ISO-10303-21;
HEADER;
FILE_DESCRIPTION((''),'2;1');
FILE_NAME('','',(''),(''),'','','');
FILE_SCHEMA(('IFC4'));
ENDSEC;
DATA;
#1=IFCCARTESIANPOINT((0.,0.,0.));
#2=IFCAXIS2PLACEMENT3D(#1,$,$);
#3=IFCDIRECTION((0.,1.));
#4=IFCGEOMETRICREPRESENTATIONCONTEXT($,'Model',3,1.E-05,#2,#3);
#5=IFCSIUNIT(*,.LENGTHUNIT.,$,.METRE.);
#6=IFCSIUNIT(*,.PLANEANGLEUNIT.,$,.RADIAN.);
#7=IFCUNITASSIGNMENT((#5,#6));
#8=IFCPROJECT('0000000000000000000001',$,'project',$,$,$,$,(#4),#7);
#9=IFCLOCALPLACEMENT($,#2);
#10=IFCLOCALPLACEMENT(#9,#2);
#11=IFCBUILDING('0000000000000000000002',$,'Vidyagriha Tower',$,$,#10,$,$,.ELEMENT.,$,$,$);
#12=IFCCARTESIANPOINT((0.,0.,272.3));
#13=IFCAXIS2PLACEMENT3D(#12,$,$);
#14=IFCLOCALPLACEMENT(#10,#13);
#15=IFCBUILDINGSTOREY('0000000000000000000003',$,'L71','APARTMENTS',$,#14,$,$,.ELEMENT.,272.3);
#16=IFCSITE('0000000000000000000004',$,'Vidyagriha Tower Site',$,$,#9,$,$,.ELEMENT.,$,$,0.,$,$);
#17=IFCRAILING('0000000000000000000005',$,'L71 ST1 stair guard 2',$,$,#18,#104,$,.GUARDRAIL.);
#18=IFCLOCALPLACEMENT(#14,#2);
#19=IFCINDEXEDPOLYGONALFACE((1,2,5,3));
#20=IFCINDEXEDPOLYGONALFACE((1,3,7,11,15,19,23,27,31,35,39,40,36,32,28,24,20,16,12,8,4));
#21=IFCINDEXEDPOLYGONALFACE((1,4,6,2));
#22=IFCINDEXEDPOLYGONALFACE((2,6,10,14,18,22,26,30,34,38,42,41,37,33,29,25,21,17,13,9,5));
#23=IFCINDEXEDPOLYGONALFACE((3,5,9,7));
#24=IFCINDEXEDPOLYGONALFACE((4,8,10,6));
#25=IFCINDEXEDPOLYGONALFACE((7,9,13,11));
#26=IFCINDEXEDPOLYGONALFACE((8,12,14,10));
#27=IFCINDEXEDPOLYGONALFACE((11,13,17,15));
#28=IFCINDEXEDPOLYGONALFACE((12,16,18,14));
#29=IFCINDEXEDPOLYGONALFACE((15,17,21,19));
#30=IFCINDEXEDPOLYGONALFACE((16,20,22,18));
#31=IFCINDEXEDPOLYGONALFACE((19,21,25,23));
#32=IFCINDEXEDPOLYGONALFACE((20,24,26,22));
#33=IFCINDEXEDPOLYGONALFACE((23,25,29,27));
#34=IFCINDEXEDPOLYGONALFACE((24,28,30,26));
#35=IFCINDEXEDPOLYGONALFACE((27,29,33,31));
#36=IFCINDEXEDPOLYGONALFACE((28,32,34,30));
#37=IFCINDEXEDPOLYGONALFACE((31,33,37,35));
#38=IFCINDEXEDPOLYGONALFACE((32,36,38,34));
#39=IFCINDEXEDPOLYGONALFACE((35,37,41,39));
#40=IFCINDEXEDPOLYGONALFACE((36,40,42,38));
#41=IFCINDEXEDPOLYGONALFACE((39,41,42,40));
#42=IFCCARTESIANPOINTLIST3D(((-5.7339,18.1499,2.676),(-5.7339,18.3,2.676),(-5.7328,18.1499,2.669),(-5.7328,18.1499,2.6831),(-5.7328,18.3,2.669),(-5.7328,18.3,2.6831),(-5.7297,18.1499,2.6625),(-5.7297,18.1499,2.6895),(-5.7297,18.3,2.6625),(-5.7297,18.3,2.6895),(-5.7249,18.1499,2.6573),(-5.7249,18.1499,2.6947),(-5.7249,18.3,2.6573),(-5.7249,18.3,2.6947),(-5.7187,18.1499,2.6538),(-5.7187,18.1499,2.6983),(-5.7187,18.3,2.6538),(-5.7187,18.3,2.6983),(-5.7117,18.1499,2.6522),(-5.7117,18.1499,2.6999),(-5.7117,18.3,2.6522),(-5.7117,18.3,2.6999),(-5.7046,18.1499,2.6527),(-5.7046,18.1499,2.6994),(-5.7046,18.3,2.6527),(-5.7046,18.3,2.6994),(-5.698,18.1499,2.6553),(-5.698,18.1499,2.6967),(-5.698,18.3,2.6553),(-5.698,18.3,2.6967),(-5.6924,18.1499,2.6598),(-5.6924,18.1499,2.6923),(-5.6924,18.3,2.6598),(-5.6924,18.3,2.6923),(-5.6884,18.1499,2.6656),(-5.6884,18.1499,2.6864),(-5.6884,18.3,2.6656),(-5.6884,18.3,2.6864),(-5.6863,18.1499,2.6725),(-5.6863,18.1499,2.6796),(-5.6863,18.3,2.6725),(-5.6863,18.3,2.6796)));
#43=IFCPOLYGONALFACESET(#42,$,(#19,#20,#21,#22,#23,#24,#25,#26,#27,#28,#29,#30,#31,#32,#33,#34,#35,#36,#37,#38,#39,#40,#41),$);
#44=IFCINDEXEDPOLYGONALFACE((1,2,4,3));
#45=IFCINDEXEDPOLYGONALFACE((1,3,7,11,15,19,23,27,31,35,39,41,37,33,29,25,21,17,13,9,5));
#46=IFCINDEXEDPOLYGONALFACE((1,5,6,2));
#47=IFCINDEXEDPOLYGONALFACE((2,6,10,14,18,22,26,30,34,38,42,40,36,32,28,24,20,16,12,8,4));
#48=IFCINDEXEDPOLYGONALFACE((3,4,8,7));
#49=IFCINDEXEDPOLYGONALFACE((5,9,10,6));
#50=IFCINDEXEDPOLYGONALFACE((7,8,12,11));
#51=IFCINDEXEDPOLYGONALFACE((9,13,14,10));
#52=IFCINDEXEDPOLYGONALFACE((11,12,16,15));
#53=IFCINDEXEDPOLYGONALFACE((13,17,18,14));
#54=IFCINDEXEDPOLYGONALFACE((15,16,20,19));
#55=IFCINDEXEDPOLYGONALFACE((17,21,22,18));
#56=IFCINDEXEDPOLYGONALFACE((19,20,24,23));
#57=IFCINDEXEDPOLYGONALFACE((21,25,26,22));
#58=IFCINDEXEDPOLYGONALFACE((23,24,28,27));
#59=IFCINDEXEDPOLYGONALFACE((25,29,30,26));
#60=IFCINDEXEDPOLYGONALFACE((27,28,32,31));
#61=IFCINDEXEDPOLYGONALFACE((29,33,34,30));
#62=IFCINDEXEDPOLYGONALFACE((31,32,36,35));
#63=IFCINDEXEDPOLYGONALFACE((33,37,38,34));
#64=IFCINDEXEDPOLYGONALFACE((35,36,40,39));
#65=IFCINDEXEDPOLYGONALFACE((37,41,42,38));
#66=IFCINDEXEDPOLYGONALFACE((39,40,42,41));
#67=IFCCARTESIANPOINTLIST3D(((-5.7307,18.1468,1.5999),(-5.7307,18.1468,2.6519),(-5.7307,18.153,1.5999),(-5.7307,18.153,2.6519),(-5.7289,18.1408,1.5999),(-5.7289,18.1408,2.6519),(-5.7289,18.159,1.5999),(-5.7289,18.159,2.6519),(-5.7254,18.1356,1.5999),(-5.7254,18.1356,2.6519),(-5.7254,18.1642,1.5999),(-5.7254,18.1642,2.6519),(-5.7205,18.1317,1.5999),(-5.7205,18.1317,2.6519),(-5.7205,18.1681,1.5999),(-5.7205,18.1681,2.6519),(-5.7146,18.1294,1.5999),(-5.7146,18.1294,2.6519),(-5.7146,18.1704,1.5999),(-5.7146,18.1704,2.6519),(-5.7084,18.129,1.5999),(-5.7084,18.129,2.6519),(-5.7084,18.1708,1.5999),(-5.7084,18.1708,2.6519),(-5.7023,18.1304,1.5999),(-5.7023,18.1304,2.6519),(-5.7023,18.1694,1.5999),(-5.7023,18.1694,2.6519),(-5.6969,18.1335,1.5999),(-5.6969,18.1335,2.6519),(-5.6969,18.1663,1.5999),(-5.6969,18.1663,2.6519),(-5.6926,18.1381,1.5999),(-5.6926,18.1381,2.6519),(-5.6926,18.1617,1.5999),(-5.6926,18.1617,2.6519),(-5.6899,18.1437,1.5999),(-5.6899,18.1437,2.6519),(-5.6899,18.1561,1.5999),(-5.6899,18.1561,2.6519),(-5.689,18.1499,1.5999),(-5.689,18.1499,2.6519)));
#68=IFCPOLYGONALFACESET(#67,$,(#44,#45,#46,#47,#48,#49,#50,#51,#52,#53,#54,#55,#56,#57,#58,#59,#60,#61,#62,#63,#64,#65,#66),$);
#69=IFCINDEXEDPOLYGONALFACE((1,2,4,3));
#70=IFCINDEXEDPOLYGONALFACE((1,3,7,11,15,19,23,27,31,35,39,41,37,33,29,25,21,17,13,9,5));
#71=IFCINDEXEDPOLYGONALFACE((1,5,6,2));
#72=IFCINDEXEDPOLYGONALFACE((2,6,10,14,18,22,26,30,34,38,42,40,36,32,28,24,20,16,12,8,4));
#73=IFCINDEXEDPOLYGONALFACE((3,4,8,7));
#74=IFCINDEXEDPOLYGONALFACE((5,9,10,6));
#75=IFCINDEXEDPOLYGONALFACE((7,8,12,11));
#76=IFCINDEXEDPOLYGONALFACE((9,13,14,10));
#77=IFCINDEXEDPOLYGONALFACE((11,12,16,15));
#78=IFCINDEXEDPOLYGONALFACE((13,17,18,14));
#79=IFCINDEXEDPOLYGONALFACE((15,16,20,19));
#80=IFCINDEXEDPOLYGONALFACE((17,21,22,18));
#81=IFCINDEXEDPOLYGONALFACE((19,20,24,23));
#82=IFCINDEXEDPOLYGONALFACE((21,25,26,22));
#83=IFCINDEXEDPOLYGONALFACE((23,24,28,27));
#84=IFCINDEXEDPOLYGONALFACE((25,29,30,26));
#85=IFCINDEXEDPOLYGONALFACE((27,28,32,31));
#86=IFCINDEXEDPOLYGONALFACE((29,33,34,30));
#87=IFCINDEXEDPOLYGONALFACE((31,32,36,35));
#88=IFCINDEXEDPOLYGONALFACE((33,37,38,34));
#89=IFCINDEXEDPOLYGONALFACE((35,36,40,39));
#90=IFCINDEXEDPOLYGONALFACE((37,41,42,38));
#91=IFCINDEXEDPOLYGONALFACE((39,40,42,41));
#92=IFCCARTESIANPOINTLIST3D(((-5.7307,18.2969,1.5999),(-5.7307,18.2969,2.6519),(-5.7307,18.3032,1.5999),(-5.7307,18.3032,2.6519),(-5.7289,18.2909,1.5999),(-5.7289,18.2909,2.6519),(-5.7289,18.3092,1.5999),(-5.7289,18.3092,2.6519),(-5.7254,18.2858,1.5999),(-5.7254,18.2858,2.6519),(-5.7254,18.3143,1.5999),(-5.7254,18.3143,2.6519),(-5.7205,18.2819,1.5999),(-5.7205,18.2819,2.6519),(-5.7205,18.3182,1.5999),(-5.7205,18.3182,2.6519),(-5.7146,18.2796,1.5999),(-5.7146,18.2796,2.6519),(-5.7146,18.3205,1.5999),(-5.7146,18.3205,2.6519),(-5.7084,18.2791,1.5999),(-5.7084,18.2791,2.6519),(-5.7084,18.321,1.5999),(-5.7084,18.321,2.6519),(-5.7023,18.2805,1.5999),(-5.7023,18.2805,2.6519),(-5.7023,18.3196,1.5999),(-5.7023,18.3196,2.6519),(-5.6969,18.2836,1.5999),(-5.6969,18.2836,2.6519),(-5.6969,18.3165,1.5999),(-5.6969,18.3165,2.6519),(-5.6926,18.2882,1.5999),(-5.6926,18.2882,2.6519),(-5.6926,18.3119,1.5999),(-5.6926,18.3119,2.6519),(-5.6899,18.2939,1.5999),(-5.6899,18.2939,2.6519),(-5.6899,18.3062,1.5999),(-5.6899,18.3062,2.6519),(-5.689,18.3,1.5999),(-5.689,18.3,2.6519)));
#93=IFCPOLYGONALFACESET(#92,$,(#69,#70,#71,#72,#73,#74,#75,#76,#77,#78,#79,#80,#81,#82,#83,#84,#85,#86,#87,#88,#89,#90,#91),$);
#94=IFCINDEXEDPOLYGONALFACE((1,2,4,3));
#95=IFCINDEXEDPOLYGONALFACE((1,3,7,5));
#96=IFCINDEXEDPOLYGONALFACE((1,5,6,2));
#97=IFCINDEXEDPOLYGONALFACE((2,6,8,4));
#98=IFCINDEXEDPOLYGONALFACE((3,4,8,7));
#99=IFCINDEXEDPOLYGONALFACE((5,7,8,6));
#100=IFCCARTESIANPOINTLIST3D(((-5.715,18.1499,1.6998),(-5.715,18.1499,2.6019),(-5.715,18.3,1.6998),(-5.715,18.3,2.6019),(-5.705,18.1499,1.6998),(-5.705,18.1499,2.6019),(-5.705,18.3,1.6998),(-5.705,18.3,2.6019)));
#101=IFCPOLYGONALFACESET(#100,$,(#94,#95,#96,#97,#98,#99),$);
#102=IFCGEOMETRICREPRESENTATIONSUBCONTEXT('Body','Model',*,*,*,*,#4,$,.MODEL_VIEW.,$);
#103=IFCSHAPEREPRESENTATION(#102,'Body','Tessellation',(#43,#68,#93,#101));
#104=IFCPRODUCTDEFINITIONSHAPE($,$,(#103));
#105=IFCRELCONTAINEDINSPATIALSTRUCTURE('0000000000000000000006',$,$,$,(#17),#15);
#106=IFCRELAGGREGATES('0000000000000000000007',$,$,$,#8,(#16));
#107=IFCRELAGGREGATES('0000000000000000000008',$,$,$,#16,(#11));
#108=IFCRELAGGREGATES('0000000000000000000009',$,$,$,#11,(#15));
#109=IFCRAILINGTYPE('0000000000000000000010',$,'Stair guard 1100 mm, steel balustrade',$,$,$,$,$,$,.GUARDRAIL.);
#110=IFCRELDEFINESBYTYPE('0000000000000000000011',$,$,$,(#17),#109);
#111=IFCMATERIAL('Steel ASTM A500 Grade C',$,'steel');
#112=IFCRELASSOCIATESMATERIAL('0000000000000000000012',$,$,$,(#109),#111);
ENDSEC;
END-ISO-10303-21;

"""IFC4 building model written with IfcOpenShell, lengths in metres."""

from ifc_helpers import new_model, si_unit, direction, frame, origin, origin_2d, place, context, subcontext, project, spatial, rectangle, circle, extrude, material, type_object, element, save


model = new_model("IFC4")

# Units and contexts
model_context = context("Model", 3, precision=1e-05, world=origin(), true_north=direction((0.0, 1.0)))
body_context = subcontext(model_context, "Body", "Model", "MODEL_VIEW")
ifc_project = project(units=[si_unit("LENGTHUNIT", "METRE"), si_unit("PLANEANGLEUNIT", "RADIAN")], contexts=[model_context])

# Site, building, storey
site_placement = place(None, origin())
site = spatial("IfcSite", under=ifc_project, at=site_placement, Name="Vidyagriha Tower Site", CompositionType="ELEMENT", RefElevation=0.0)
building_placement = place(site_placement, origin())
building = spatial("IfcBuilding", under=site, at=building_placement, Name="Vidyagriha Tower", CompositionType="ELEMENT")
storey_placement = place(building_placement, frame((0.0, 0.0, 272.3)))
storey = spatial("IfcBuildingStorey", under=building, at=storey_placement, Name="L71", Description="APARTMENTS", CompositionType="ELEMENT", Elevation=272.3)

# Railing
ifc_material_1 = material(Name="Steel ASTM A500 Grade C", Category="steel")
railing_type_1 = type_object("IfcRailingType", Name="Stair guard 1100 mm, steel balustrade", PredefinedType="GUARDRAIL", material=ifc_material_1)
railing_1_placement = place(storey_placement, frame((-5.71, 18.1499, 1.5999)))
element("IfcRailing", 1, at=railing_1_placement, inside=storey, type_object=railing_type_1, Name="L71 ST1 stair guard 2", PredefinedType="GUARDRAIL", context=body_context, shape_type="SweptSolid", body=[
    extrude(circle(Radius=0.0239, at=origin_2d()), frame((0.0, 0.0, 1.0762), z_axis=(0.0, 1.0, 0.0), x_axis=(-1.0, 0.0, 0.0)), (0.0, 0.0, 1.0), 0.1501),
    extrude(circle(Radius=0.021, at=origin_2d()), origin(), (0.0, 0.0, 1.0), 1.052),
    extrude(circle(Radius=0.021, at=origin_2d()), frame((0.0, 0.1501, 0.0)), (0.0, 0.0, 1.0), 1.052),
    extrude(rectangle(XDim=0.01, YDim=0.9021, at=origin_2d()), frame((0.0, 0.0, 0.551), z_axis=(0.0, 1.0, 0.0), x_axis=(-1.0, 0.0, 0.0)), (0.0, 0.0, 1.0), 0.1501),
])

save(model, "model.ifc")
